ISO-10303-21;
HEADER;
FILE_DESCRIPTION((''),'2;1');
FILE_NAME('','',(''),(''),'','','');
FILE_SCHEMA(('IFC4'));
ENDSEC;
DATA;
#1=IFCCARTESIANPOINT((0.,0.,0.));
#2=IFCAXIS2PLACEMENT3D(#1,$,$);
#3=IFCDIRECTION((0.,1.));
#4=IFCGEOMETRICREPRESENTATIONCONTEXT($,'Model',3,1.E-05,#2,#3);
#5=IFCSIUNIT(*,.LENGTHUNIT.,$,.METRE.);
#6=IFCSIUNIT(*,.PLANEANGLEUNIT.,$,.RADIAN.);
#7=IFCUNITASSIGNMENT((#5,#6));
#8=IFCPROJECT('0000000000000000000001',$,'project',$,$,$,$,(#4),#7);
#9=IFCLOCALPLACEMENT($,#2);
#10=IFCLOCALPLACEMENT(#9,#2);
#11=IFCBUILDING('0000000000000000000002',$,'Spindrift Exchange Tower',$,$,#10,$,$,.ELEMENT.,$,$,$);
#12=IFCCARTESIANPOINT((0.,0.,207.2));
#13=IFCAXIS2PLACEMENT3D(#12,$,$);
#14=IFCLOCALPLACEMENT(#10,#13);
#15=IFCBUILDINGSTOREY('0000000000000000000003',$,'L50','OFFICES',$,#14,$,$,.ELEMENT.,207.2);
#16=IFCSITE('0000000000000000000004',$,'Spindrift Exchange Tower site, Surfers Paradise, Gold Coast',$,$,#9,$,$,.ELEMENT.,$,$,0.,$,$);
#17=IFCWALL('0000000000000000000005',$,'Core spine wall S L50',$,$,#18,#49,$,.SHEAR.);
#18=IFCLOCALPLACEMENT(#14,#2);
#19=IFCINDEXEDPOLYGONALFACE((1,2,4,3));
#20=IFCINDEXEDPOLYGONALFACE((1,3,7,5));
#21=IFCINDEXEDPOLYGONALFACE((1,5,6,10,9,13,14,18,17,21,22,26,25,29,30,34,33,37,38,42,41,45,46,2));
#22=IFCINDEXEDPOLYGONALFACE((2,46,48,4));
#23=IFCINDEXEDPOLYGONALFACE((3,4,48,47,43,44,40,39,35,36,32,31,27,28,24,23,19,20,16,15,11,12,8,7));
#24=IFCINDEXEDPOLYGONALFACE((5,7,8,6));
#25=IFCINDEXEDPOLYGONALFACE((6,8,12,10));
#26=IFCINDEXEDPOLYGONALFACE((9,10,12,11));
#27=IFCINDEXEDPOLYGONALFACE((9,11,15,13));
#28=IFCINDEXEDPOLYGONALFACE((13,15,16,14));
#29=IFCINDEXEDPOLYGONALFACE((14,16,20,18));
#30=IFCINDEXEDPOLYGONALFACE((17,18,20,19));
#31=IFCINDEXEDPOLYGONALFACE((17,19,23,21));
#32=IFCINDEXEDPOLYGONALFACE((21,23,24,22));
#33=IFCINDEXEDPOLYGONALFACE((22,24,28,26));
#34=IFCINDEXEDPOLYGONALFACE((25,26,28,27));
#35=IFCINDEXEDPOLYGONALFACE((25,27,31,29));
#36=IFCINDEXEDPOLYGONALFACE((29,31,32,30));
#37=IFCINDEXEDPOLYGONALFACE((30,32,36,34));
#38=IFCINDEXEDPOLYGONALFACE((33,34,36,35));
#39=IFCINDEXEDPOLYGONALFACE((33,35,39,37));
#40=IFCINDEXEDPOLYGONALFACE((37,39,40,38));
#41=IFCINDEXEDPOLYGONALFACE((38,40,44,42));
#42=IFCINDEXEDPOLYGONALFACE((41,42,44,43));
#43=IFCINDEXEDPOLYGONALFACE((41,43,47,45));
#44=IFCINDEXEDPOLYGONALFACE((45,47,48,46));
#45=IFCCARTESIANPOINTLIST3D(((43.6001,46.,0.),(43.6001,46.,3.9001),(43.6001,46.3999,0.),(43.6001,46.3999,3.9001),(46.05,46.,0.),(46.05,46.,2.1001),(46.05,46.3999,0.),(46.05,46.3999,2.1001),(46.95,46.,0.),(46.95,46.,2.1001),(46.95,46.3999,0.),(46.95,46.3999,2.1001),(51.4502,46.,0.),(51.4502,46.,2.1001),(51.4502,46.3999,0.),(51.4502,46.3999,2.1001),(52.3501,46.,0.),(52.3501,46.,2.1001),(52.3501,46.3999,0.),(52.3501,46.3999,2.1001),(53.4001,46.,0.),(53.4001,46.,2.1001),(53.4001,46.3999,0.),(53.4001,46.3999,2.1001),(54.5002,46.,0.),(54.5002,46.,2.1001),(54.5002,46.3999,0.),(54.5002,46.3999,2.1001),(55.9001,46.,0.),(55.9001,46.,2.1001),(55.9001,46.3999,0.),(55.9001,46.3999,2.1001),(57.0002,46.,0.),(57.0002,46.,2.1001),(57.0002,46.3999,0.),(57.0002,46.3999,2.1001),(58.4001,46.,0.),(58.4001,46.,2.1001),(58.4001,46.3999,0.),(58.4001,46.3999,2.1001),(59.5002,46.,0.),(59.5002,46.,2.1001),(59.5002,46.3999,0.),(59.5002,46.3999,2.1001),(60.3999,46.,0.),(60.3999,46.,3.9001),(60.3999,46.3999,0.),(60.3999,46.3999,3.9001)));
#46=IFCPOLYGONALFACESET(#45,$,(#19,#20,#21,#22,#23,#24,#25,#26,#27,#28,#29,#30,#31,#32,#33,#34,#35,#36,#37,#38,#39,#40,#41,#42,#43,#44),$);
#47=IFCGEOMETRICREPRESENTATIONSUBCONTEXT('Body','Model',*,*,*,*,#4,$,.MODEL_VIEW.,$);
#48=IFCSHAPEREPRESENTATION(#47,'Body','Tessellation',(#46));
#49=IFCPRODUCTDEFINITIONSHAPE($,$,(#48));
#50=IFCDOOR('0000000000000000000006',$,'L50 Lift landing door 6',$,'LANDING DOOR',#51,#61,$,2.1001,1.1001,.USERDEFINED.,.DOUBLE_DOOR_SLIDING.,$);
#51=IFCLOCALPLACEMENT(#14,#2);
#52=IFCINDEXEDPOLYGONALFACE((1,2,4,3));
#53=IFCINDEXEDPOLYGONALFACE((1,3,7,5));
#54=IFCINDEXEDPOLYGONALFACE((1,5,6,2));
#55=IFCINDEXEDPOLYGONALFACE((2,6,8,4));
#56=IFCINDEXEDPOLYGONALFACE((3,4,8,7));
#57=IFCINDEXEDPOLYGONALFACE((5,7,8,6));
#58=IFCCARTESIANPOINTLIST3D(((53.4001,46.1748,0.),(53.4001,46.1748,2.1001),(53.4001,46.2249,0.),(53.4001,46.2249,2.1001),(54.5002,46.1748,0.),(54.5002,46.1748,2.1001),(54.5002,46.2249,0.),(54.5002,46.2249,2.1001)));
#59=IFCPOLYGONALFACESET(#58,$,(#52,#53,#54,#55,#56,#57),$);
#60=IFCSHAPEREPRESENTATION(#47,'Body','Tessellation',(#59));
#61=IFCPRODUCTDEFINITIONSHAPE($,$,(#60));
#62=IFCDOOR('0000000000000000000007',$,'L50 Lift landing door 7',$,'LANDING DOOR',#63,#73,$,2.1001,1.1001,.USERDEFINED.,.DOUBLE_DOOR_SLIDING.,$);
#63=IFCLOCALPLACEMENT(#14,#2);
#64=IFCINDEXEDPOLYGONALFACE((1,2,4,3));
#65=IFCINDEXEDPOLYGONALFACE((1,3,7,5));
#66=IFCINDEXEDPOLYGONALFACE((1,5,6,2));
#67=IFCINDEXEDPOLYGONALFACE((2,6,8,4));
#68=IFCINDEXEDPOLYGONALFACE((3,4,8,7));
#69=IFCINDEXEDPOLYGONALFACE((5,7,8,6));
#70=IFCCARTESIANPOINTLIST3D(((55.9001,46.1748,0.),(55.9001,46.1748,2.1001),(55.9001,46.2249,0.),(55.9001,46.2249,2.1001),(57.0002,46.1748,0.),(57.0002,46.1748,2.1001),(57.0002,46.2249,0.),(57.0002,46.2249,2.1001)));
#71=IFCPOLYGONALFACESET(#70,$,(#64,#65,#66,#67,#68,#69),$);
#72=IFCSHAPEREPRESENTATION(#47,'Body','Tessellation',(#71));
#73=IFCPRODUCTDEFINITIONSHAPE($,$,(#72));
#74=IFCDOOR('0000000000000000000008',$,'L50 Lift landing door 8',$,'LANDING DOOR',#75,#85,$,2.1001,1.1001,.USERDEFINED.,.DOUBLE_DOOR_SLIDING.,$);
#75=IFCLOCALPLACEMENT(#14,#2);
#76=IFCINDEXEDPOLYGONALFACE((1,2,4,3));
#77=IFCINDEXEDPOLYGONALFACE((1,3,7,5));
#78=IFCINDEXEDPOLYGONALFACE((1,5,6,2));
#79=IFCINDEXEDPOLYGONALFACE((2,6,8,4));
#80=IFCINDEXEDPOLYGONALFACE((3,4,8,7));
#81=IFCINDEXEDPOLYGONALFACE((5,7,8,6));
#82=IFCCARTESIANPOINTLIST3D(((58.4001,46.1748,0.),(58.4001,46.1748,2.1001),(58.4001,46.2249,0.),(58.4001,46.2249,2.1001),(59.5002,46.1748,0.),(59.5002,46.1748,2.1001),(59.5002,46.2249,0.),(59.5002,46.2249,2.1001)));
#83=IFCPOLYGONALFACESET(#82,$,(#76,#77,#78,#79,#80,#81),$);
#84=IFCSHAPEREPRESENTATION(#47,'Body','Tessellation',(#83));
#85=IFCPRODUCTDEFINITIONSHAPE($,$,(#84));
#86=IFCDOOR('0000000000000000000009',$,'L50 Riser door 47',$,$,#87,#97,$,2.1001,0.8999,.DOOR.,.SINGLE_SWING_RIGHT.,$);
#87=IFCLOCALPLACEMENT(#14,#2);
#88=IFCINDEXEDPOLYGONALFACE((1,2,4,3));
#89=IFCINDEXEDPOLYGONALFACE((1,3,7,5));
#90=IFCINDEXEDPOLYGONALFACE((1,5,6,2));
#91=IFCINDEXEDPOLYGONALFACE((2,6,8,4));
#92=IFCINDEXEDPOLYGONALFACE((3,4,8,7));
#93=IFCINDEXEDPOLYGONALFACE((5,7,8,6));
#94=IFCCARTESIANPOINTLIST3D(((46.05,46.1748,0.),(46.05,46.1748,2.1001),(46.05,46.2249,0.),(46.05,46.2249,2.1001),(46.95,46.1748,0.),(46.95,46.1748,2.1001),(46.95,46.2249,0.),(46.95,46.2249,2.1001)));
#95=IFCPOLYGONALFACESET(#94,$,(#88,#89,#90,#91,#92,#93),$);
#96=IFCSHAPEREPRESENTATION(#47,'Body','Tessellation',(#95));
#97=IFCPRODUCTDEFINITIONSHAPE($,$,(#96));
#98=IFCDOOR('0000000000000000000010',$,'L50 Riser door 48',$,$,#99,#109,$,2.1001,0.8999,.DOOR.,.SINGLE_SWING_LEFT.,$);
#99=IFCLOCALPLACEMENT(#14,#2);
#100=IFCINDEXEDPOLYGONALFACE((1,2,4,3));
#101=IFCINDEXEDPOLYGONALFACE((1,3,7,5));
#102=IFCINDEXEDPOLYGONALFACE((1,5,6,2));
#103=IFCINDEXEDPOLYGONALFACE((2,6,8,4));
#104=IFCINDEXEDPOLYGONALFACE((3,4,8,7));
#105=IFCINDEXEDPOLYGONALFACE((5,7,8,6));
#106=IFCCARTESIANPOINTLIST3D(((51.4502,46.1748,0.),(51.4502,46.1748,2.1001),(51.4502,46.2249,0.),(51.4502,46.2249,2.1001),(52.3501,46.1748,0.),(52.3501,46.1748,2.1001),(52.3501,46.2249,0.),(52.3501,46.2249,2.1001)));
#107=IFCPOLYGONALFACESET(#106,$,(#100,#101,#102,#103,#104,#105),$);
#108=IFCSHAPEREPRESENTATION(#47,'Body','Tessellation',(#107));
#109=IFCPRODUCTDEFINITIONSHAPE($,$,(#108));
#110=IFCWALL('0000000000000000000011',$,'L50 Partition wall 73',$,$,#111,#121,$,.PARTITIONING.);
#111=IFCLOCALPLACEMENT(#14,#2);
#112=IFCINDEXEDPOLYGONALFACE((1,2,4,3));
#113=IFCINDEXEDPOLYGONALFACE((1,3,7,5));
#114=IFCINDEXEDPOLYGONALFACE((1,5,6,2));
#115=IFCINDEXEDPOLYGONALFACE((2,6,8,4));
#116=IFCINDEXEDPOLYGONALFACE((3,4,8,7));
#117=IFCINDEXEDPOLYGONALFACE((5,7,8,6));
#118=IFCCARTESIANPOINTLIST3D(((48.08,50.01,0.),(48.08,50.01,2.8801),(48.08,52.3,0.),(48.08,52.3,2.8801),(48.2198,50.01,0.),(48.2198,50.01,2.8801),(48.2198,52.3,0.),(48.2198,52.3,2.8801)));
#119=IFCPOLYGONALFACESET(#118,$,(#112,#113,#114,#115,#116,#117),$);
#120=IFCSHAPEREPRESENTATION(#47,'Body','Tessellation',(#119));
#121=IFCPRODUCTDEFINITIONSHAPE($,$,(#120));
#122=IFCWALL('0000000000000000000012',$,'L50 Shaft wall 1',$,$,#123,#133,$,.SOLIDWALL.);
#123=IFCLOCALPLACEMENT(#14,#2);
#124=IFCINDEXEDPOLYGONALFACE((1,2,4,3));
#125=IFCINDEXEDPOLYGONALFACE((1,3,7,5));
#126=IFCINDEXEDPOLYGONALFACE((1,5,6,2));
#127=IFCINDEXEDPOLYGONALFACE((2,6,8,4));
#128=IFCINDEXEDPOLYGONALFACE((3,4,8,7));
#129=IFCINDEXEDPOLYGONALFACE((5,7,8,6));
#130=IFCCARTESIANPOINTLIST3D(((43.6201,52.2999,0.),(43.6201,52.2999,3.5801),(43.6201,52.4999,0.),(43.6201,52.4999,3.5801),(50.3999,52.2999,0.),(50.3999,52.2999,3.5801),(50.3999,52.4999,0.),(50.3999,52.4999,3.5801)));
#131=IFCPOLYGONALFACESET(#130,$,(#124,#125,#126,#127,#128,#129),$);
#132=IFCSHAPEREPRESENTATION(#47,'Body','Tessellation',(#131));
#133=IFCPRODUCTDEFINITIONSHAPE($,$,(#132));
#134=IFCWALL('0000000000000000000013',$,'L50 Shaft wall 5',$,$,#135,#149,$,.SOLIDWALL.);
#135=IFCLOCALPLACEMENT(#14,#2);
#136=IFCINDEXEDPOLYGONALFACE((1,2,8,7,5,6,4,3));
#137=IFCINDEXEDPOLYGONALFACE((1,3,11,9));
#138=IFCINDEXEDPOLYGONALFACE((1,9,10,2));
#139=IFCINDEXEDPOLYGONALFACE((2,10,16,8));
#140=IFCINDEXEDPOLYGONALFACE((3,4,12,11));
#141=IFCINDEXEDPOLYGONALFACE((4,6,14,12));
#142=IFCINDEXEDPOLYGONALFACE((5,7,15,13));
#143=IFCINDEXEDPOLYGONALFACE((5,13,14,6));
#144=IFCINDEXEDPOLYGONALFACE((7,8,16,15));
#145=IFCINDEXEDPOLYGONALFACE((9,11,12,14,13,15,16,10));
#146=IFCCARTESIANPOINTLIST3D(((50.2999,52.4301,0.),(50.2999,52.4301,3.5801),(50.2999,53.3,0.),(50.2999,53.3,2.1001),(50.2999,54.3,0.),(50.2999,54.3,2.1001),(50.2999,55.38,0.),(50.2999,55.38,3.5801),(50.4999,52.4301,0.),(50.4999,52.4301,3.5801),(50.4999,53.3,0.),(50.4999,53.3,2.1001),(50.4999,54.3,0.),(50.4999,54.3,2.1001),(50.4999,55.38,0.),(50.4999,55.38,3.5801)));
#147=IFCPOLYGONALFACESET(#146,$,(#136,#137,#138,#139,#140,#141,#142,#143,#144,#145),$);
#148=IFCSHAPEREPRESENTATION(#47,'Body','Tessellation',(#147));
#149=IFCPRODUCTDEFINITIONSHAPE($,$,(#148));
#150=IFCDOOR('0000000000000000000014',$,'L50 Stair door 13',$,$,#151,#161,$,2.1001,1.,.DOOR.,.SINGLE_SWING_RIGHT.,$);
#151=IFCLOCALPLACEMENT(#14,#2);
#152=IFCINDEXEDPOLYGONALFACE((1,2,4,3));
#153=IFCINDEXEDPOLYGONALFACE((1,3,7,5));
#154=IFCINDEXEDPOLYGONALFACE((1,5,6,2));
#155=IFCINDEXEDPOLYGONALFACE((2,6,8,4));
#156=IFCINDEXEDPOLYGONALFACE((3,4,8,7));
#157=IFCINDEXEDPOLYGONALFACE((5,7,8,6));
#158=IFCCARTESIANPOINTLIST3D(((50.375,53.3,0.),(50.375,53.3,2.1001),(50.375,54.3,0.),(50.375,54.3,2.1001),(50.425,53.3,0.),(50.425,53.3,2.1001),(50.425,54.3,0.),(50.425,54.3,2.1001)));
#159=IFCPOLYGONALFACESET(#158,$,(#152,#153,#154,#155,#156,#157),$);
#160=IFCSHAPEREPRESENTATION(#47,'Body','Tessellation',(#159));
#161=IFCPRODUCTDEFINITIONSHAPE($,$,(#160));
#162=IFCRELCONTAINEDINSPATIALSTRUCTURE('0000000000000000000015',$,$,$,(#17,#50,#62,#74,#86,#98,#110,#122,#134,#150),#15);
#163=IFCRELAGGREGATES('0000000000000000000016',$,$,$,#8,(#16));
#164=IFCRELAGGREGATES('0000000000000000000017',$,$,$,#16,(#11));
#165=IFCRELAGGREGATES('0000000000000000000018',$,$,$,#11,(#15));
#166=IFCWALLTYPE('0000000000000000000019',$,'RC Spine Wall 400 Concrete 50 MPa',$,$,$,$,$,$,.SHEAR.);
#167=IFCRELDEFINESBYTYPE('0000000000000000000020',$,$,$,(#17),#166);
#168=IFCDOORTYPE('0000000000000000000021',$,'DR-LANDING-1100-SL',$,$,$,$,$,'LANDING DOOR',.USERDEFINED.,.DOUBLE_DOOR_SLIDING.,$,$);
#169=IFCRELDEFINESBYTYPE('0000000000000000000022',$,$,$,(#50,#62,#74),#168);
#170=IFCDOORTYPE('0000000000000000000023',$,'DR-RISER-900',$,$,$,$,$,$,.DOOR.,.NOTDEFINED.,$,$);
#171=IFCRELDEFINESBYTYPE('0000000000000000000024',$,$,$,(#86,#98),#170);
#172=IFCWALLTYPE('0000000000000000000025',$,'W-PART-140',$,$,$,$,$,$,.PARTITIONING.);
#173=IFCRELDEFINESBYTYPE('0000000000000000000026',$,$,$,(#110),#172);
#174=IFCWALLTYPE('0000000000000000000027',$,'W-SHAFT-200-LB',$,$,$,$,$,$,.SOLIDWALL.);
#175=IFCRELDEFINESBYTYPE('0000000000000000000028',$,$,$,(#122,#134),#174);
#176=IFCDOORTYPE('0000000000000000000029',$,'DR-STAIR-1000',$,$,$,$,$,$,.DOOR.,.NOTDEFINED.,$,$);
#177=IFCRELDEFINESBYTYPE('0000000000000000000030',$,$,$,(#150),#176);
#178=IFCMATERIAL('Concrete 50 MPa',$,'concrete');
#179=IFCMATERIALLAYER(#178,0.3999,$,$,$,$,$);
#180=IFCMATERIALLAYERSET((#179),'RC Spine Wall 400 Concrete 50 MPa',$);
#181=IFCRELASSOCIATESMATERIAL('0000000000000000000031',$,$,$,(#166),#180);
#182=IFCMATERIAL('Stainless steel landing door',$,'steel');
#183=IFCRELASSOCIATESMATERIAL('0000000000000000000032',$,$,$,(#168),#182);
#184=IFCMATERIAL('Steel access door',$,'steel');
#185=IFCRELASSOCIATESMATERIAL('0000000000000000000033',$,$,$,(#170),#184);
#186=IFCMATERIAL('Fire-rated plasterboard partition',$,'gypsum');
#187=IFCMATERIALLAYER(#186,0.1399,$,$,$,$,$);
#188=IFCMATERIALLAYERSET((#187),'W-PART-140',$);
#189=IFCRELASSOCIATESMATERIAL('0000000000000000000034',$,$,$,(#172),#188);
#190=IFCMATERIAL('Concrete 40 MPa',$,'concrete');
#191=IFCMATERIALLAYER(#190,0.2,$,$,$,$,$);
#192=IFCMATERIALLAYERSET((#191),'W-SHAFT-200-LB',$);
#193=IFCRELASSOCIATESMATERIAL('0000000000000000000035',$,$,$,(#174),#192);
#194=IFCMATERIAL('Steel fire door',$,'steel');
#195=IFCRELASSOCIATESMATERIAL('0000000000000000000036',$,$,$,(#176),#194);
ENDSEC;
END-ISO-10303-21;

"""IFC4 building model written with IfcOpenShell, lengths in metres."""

from ifc_helpers import new_model, si_unit, direction, frame, frame_2d, origin, place, context, subcontext, project, spatial, rectangle, extrude, source, transform, mapped, material, layer, layer_set, type_object, element, fill, save


model = new_model("IFC4")

# Units and contexts
model_context = context("Model", 3, precision=1e-05, world=origin(), true_north=direction((0.0, 1.0)))
body_context = subcontext(model_context, "Body", "Model", "MODEL_VIEW")
ifc_project = project(units=[si_unit("LENGTHUNIT", "METRE"), si_unit("PLANEANGLEUNIT", "RADIAN")], contexts=[model_context])

# Site, building, storey
site_placement = place(None, origin())
site = spatial("IfcSite", under=ifc_project, at=site_placement, Name="Spindrift Exchange Tower site, Surfers Paradise, Gold Coast", CompositionType="ELEMENT", RefElevation=0.0)
building_placement = place(site_placement, origin())
building = spatial("IfcBuilding", under=site, at=building_placement, Name="Spindrift Exchange Tower", CompositionType="ELEMENT")
storey_placement = place(building_placement, frame((0.0, 0.0, 207.2)))
storey = spatial("IfcBuildingStorey", under=building, at=storey_placement, Name="L50", Description="OFFICES", CompositionType="ELEMENT", Elevation=207.2)

# Wall, openings, doors
ifc_material_1 = material(Name="Concrete 50 MPa", Category="concrete")
ifc_layer_1 = layer(ifc_material_1, 0.3999)
ifc_layer_set_1 = layer_set([ifc_layer_1], Name="RC Spine Wall 400 Concrete 50 MPa")
wall_type_1 = type_object("IfcWallType", Name="RC Spine Wall 400 Concrete 50 MPa", PredefinedType="SHEAR", material=ifc_layer_set_1)
ifc_material_2 = material(Name="Stainless steel landing door", Category="steel")
door_type_1 = type_object("IfcDoorType", Name="DR-LANDING-1100-SL", ElementType="LANDING DOOR", OperationType="DOUBLE_DOOR_SLIDING", PredefinedType="USERDEFINED", material=ifc_material_2)
shared_shape_1 = source(origin(), body_context, "Body", "SweptSolid", [
    extrude(rectangle(XDim=1.1001, YDim=2.1001, at=frame_2d((0.55, 1.05))), frame((0.0, 0.0249, 0.0), z_axis=(0.0, -1.0, 0.0), x_axis=(1.0, 0.0, 0.0)), (0.0, 0.0, 1.0), 0.05),
])
ifc_material_3 = material(Name="Steel access door", Category="steel")
door_type_2 = type_object("IfcDoorType", Name="DR-RISER-900", OperationType="NOTDEFINED", PredefinedType="DOOR", material=ifc_material_3)
shared_shape_2 = source(origin(), body_context, "Body", "SweptSolid", [
    extrude(rectangle(XDim=0.8999, YDim=2.1001, at=frame_2d((0.45, 1.05))), frame((0.0, 0.0249, 0.0), z_axis=(0.0, -1.0, 0.0), x_axis=(1.0, 0.0, 0.0)), (0.0, 0.0, 1.0), 0.05),
])
wall_1_placement = place(storey_placement, frame((43.6001, 46.2, 0.0), z_axis=(0.0, 0.0, 1.0), x_axis=(1.0, 0.0, 0.0)))
wall_1 = element("IfcWall", 1, at=wall_1_placement, inside=storey, type_object=wall_type_1, Name="Core spine wall S L50", PredefinedType="SHEAR", context=body_context, shape_type="SweptSolid", body=[
    extrude(rectangle(XDim=16.7998, YDim=0.3999, at=frame_2d((8.3999, 0.0))), origin(), (0.0, 0.0, 1.0), 3.9001),
])
opening_1_placement = place(wall_1_placement, frame((9.8, 0.0, 0.0)))
opening_1 = element("IfcOpeningElement", 2, at=opening_1_placement, cuts=wall_1, PredefinedType="OPENING", context=body_context, shape_type="SweptSolid", body=[
    extrude(rectangle(XDim=1.1001, YDim=2.1001, at=frame_2d((0.55, 1.05))), frame((0.0, 0.21, 0.0), z_axis=(0.0, -1.0, 0.0), x_axis=(1.0, 0.0, 0.0)), (0.0, 0.0, 1.0), 0.4199),
])
opening_2_placement = place(wall_1_placement, frame((12.3, 0.0, 0.0)))
opening_2 = element("IfcOpeningElement", 3, at=opening_2_placement, cuts=wall_1, PredefinedType="OPENING", context=body_context, shape_type="SweptSolid", body=[
    extrude(rectangle(XDim=1.1001, YDim=2.1001, at=frame_2d((0.55, 1.05))), frame((0.0, 0.21, 0.0), z_axis=(0.0, -1.0, 0.0), x_axis=(1.0, 0.0, 0.0)), (0.0, 0.0, 1.0), 0.4199),
])
opening_3_placement = place(wall_1_placement, frame((14.8, 0.0, 0.0)))
opening_3 = element("IfcOpeningElement", 4, at=opening_3_placement, cuts=wall_1, PredefinedType="OPENING", context=body_context, shape_type="SweptSolid", body=[
    extrude(rectangle(XDim=1.1001, YDim=2.1001, at=frame_2d((0.55, 1.05))), frame((0.0, 0.21, 0.0), z_axis=(0.0, -1.0, 0.0), x_axis=(1.0, 0.0, 0.0)), (0.0, 0.0, 1.0), 0.4199),
])
opening_4_placement = place(wall_1_placement, frame((2.45, 0.0, 0.0)))
opening_4 = element("IfcOpeningElement", 5, at=opening_4_placement, cuts=wall_1, PredefinedType="OPENING", context=body_context, shape_type="SweptSolid", body=[
    extrude(rectangle(XDim=0.8999, YDim=2.1001, at=frame_2d((0.45, 1.05))), frame((0.0, 0.21, 0.0), z_axis=(0.0, -1.0, 0.0), x_axis=(1.0, 0.0, 0.0)), (0.0, 0.0, 1.0), 0.4199),
])
opening_5_placement = place(wall_1_placement, frame((7.8501, 0.0, 0.0)))
opening_5 = element("IfcOpeningElement", 6, at=opening_5_placement, cuts=wall_1, PredefinedType="OPENING", context=body_context, shape_type="SweptSolid", body=[
    extrude(rectangle(XDim=0.8999, YDim=2.1001, at=frame_2d((0.45, 1.05))), frame((0.0, 0.21, 0.0), z_axis=(0.0, -1.0, 0.0), x_axis=(1.0, 0.0, 0.0)), (0.0, 0.0, 1.0), 0.4199),
])
door_1_placement = place(opening_1_placement, origin())
door_1 = element("IfcDoor", 7, at=door_1_placement, inside=storey, type_object=door_type_1, Name="L50 Lift landing door 6", ObjectType="LANDING DOOR", OperationType="DOUBLE_DOOR_SLIDING", OverallHeight=2.1001, OverallWidth=1.1001, PredefinedType="USERDEFINED", context=body_context, shape_type="MappedRepresentation", body=[
    mapped(shared_shape_1, transform((0.0, 0.0, 0.0), scale=1.0)),
])
fill(opening_1, door_1)
door_2_placement = place(opening_2_placement, origin())
door_2 = element("IfcDoor", 8, at=door_2_placement, inside=storey, type_object=door_type_1, Name="L50 Lift landing door 7", ObjectType="LANDING DOOR", OperationType="DOUBLE_DOOR_SLIDING", OverallHeight=2.1001, OverallWidth=1.1001, PredefinedType="USERDEFINED", context=body_context, shape_type="MappedRepresentation", body=[
    mapped(shared_shape_1, transform((0.0, 0.0, 0.0), scale=1.0)),
])
fill(opening_2, door_2)
door_3_placement = place(opening_3_placement, origin())
door_3 = element("IfcDoor", 9, at=door_3_placement, inside=storey, type_object=door_type_1, Name="L50 Lift landing door 8", ObjectType="LANDING DOOR", OperationType="DOUBLE_DOOR_SLIDING", OverallHeight=2.1001, OverallWidth=1.1001, PredefinedType="USERDEFINED", context=body_context, shape_type="MappedRepresentation", body=[
    mapped(shared_shape_1, transform((0.0, 0.0, 0.0), scale=1.0)),
])
fill(opening_3, door_3)
door_4_placement = place(opening_4_placement, origin())
door_4 = element("IfcDoor", 10, at=door_4_placement, inside=storey, type_object=door_type_2, Name="L50 Riser door 47", OperationType="SINGLE_SWING_RIGHT", OverallHeight=2.1001, OverallWidth=0.8999, PredefinedType="DOOR", context=body_context, shape_type="MappedRepresentation", body=[
    mapped(shared_shape_2, transform((0.0, 0.0, 0.0), scale=1.0)),
])
fill(opening_4, door_4)
door_5_placement = place(opening_5_placement, origin())
door_5 = element("IfcDoor", 11, at=door_5_placement, inside=storey, type_object=door_type_2, Name="L50 Riser door 48", OperationType="SINGLE_SWING_LEFT", OverallHeight=2.1001, OverallWidth=0.8999, PredefinedType="DOOR", context=body_context, shape_type="MappedRepresentation", body=[
    mapped(shared_shape_2, transform((0.0, 0.0, 0.0), scale=1.0)),
])
fill(opening_5, door_5)

# Walls
ifc_material_4 = material(Name="Fire-rated plasterboard partition", Category="gypsum")
ifc_layer_2 = layer(ifc_material_4, 0.1399)
ifc_layer_set_2 = layer_set([ifc_layer_2], Name="W-PART-140")
wall_type_2 = type_object("IfcWallType", Name="W-PART-140", PredefinedType="PARTITIONING", material=ifc_layer_set_2)
wall_2_placement = place(storey_placement, frame((48.1499, 50.01, 0.0), z_axis=(0.0, 0.0, 1.0), x_axis=(0.0, 1.0, 0.0)))
element("IfcWall", 12, at=wall_2_placement, inside=storey, type_object=wall_type_2, Name="L50 Partition wall 73", PredefinedType="PARTITIONING", context=body_context, shape_type="SweptSolid", body=[
    extrude(rectangle(XDim=2.29, YDim=0.1399, at=frame_2d((1.145, 0.0))), origin(), (0.0, 0.0, 1.0), 2.8801),
])
ifc_material_5 = material(Name="Concrete 40 MPa", Category="concrete")
ifc_layer_3 = layer(ifc_material_5, 0.2)
ifc_layer_set_3 = layer_set([ifc_layer_3], Name="W-SHAFT-200-LB")
wall_type_3 = type_object("IfcWallType", Name="W-SHAFT-200-LB", PredefinedType="SOLIDWALL", material=ifc_layer_set_3)
wall_3_placement = place(storey_placement, frame((43.6201, 52.3999, 0.0), z_axis=(0.0, 0.0, 1.0), x_axis=(1.0, 0.0, 0.0)))
element("IfcWall", 13, at=wall_3_placement, inside=storey, type_object=wall_type_3, Name="L50 Shaft wall 1", PredefinedType="SOLIDWALL", context=body_context, shape_type="SweptSolid", body=[
    extrude(rectangle(XDim=6.7798, YDim=0.2, at=frame_2d((3.3899, 0.0))), origin(), (0.0, 0.0, 1.0), 3.5801),
])

# Wall, opening, door
wall_4_placement = place(storey_placement, frame((50.3999, 52.4299, 0.0), z_axis=(0.0, 0.0, 1.0), x_axis=(0.0, 1.0, 0.0)))
wall_4 = element("IfcWall", 14, at=wall_4_placement, inside=storey, type_object=wall_type_3, Name="L50 Shaft wall 5", PredefinedType="SOLIDWALL", context=body_context, shape_type="SweptSolid", body=[
    extrude(rectangle(XDim=2.95, YDim=0.2, at=frame_2d((1.4751, 0.0))), origin(), (0.0, 0.0, 1.0), 3.5801),
])
opening_6_placement = place(wall_4_placement, frame((0.8701, 0.0, 0.0)))
opening_6 = element("IfcOpeningElement", 15, at=opening_6_placement, cuts=wall_4, PredefinedType="OPENING", context=body_context, shape_type="SweptSolid", body=[
    extrude(rectangle(XDim=1.0, YDim=2.1001, at=frame_2d((0.5, 1.05))), frame((0.0, 0.1099, 0.0), z_axis=(0.0, -1.0, 0.0), x_axis=(1.0, 0.0, 0.0)), (0.0, 0.0, 1.0), 0.22),
])
ifc_material_6 = material(Name="Steel fire door", Category="steel")
door_type_3 = type_object("IfcDoorType", Name="DR-STAIR-1000", OperationType="NOTDEFINED", PredefinedType="DOOR", material=ifc_material_6)
shared_shape_3 = source(origin(), body_context, "Body", "SweptSolid", [
    extrude(rectangle(XDim=1.0, YDim=2.1001, at=frame_2d((0.5, 1.05))), frame((0.0, 0.0249, 0.0), z_axis=(0.0, -1.0, 0.0), x_axis=(1.0, 0.0, 0.0)), (0.0, 0.0, 1.0), 0.05),
])
door_6_placement = place(opening_6_placement, origin())
door_6 = element("IfcDoor", 16, at=door_6_placement, inside=storey, type_object=door_type_3, Name="L50 Stair door 13", OperationType="SINGLE_SWING_RIGHT", OverallHeight=2.1001, OverallWidth=1.0, PredefinedType="DOOR", context=body_context, shape_type="MappedRepresentation", body=[
    mapped(shared_shape_3, transform((0.0, 0.0, 0.0), scale=1.0)),
])
fill(opening_6, door_6)

save(model, "model.ifc")
